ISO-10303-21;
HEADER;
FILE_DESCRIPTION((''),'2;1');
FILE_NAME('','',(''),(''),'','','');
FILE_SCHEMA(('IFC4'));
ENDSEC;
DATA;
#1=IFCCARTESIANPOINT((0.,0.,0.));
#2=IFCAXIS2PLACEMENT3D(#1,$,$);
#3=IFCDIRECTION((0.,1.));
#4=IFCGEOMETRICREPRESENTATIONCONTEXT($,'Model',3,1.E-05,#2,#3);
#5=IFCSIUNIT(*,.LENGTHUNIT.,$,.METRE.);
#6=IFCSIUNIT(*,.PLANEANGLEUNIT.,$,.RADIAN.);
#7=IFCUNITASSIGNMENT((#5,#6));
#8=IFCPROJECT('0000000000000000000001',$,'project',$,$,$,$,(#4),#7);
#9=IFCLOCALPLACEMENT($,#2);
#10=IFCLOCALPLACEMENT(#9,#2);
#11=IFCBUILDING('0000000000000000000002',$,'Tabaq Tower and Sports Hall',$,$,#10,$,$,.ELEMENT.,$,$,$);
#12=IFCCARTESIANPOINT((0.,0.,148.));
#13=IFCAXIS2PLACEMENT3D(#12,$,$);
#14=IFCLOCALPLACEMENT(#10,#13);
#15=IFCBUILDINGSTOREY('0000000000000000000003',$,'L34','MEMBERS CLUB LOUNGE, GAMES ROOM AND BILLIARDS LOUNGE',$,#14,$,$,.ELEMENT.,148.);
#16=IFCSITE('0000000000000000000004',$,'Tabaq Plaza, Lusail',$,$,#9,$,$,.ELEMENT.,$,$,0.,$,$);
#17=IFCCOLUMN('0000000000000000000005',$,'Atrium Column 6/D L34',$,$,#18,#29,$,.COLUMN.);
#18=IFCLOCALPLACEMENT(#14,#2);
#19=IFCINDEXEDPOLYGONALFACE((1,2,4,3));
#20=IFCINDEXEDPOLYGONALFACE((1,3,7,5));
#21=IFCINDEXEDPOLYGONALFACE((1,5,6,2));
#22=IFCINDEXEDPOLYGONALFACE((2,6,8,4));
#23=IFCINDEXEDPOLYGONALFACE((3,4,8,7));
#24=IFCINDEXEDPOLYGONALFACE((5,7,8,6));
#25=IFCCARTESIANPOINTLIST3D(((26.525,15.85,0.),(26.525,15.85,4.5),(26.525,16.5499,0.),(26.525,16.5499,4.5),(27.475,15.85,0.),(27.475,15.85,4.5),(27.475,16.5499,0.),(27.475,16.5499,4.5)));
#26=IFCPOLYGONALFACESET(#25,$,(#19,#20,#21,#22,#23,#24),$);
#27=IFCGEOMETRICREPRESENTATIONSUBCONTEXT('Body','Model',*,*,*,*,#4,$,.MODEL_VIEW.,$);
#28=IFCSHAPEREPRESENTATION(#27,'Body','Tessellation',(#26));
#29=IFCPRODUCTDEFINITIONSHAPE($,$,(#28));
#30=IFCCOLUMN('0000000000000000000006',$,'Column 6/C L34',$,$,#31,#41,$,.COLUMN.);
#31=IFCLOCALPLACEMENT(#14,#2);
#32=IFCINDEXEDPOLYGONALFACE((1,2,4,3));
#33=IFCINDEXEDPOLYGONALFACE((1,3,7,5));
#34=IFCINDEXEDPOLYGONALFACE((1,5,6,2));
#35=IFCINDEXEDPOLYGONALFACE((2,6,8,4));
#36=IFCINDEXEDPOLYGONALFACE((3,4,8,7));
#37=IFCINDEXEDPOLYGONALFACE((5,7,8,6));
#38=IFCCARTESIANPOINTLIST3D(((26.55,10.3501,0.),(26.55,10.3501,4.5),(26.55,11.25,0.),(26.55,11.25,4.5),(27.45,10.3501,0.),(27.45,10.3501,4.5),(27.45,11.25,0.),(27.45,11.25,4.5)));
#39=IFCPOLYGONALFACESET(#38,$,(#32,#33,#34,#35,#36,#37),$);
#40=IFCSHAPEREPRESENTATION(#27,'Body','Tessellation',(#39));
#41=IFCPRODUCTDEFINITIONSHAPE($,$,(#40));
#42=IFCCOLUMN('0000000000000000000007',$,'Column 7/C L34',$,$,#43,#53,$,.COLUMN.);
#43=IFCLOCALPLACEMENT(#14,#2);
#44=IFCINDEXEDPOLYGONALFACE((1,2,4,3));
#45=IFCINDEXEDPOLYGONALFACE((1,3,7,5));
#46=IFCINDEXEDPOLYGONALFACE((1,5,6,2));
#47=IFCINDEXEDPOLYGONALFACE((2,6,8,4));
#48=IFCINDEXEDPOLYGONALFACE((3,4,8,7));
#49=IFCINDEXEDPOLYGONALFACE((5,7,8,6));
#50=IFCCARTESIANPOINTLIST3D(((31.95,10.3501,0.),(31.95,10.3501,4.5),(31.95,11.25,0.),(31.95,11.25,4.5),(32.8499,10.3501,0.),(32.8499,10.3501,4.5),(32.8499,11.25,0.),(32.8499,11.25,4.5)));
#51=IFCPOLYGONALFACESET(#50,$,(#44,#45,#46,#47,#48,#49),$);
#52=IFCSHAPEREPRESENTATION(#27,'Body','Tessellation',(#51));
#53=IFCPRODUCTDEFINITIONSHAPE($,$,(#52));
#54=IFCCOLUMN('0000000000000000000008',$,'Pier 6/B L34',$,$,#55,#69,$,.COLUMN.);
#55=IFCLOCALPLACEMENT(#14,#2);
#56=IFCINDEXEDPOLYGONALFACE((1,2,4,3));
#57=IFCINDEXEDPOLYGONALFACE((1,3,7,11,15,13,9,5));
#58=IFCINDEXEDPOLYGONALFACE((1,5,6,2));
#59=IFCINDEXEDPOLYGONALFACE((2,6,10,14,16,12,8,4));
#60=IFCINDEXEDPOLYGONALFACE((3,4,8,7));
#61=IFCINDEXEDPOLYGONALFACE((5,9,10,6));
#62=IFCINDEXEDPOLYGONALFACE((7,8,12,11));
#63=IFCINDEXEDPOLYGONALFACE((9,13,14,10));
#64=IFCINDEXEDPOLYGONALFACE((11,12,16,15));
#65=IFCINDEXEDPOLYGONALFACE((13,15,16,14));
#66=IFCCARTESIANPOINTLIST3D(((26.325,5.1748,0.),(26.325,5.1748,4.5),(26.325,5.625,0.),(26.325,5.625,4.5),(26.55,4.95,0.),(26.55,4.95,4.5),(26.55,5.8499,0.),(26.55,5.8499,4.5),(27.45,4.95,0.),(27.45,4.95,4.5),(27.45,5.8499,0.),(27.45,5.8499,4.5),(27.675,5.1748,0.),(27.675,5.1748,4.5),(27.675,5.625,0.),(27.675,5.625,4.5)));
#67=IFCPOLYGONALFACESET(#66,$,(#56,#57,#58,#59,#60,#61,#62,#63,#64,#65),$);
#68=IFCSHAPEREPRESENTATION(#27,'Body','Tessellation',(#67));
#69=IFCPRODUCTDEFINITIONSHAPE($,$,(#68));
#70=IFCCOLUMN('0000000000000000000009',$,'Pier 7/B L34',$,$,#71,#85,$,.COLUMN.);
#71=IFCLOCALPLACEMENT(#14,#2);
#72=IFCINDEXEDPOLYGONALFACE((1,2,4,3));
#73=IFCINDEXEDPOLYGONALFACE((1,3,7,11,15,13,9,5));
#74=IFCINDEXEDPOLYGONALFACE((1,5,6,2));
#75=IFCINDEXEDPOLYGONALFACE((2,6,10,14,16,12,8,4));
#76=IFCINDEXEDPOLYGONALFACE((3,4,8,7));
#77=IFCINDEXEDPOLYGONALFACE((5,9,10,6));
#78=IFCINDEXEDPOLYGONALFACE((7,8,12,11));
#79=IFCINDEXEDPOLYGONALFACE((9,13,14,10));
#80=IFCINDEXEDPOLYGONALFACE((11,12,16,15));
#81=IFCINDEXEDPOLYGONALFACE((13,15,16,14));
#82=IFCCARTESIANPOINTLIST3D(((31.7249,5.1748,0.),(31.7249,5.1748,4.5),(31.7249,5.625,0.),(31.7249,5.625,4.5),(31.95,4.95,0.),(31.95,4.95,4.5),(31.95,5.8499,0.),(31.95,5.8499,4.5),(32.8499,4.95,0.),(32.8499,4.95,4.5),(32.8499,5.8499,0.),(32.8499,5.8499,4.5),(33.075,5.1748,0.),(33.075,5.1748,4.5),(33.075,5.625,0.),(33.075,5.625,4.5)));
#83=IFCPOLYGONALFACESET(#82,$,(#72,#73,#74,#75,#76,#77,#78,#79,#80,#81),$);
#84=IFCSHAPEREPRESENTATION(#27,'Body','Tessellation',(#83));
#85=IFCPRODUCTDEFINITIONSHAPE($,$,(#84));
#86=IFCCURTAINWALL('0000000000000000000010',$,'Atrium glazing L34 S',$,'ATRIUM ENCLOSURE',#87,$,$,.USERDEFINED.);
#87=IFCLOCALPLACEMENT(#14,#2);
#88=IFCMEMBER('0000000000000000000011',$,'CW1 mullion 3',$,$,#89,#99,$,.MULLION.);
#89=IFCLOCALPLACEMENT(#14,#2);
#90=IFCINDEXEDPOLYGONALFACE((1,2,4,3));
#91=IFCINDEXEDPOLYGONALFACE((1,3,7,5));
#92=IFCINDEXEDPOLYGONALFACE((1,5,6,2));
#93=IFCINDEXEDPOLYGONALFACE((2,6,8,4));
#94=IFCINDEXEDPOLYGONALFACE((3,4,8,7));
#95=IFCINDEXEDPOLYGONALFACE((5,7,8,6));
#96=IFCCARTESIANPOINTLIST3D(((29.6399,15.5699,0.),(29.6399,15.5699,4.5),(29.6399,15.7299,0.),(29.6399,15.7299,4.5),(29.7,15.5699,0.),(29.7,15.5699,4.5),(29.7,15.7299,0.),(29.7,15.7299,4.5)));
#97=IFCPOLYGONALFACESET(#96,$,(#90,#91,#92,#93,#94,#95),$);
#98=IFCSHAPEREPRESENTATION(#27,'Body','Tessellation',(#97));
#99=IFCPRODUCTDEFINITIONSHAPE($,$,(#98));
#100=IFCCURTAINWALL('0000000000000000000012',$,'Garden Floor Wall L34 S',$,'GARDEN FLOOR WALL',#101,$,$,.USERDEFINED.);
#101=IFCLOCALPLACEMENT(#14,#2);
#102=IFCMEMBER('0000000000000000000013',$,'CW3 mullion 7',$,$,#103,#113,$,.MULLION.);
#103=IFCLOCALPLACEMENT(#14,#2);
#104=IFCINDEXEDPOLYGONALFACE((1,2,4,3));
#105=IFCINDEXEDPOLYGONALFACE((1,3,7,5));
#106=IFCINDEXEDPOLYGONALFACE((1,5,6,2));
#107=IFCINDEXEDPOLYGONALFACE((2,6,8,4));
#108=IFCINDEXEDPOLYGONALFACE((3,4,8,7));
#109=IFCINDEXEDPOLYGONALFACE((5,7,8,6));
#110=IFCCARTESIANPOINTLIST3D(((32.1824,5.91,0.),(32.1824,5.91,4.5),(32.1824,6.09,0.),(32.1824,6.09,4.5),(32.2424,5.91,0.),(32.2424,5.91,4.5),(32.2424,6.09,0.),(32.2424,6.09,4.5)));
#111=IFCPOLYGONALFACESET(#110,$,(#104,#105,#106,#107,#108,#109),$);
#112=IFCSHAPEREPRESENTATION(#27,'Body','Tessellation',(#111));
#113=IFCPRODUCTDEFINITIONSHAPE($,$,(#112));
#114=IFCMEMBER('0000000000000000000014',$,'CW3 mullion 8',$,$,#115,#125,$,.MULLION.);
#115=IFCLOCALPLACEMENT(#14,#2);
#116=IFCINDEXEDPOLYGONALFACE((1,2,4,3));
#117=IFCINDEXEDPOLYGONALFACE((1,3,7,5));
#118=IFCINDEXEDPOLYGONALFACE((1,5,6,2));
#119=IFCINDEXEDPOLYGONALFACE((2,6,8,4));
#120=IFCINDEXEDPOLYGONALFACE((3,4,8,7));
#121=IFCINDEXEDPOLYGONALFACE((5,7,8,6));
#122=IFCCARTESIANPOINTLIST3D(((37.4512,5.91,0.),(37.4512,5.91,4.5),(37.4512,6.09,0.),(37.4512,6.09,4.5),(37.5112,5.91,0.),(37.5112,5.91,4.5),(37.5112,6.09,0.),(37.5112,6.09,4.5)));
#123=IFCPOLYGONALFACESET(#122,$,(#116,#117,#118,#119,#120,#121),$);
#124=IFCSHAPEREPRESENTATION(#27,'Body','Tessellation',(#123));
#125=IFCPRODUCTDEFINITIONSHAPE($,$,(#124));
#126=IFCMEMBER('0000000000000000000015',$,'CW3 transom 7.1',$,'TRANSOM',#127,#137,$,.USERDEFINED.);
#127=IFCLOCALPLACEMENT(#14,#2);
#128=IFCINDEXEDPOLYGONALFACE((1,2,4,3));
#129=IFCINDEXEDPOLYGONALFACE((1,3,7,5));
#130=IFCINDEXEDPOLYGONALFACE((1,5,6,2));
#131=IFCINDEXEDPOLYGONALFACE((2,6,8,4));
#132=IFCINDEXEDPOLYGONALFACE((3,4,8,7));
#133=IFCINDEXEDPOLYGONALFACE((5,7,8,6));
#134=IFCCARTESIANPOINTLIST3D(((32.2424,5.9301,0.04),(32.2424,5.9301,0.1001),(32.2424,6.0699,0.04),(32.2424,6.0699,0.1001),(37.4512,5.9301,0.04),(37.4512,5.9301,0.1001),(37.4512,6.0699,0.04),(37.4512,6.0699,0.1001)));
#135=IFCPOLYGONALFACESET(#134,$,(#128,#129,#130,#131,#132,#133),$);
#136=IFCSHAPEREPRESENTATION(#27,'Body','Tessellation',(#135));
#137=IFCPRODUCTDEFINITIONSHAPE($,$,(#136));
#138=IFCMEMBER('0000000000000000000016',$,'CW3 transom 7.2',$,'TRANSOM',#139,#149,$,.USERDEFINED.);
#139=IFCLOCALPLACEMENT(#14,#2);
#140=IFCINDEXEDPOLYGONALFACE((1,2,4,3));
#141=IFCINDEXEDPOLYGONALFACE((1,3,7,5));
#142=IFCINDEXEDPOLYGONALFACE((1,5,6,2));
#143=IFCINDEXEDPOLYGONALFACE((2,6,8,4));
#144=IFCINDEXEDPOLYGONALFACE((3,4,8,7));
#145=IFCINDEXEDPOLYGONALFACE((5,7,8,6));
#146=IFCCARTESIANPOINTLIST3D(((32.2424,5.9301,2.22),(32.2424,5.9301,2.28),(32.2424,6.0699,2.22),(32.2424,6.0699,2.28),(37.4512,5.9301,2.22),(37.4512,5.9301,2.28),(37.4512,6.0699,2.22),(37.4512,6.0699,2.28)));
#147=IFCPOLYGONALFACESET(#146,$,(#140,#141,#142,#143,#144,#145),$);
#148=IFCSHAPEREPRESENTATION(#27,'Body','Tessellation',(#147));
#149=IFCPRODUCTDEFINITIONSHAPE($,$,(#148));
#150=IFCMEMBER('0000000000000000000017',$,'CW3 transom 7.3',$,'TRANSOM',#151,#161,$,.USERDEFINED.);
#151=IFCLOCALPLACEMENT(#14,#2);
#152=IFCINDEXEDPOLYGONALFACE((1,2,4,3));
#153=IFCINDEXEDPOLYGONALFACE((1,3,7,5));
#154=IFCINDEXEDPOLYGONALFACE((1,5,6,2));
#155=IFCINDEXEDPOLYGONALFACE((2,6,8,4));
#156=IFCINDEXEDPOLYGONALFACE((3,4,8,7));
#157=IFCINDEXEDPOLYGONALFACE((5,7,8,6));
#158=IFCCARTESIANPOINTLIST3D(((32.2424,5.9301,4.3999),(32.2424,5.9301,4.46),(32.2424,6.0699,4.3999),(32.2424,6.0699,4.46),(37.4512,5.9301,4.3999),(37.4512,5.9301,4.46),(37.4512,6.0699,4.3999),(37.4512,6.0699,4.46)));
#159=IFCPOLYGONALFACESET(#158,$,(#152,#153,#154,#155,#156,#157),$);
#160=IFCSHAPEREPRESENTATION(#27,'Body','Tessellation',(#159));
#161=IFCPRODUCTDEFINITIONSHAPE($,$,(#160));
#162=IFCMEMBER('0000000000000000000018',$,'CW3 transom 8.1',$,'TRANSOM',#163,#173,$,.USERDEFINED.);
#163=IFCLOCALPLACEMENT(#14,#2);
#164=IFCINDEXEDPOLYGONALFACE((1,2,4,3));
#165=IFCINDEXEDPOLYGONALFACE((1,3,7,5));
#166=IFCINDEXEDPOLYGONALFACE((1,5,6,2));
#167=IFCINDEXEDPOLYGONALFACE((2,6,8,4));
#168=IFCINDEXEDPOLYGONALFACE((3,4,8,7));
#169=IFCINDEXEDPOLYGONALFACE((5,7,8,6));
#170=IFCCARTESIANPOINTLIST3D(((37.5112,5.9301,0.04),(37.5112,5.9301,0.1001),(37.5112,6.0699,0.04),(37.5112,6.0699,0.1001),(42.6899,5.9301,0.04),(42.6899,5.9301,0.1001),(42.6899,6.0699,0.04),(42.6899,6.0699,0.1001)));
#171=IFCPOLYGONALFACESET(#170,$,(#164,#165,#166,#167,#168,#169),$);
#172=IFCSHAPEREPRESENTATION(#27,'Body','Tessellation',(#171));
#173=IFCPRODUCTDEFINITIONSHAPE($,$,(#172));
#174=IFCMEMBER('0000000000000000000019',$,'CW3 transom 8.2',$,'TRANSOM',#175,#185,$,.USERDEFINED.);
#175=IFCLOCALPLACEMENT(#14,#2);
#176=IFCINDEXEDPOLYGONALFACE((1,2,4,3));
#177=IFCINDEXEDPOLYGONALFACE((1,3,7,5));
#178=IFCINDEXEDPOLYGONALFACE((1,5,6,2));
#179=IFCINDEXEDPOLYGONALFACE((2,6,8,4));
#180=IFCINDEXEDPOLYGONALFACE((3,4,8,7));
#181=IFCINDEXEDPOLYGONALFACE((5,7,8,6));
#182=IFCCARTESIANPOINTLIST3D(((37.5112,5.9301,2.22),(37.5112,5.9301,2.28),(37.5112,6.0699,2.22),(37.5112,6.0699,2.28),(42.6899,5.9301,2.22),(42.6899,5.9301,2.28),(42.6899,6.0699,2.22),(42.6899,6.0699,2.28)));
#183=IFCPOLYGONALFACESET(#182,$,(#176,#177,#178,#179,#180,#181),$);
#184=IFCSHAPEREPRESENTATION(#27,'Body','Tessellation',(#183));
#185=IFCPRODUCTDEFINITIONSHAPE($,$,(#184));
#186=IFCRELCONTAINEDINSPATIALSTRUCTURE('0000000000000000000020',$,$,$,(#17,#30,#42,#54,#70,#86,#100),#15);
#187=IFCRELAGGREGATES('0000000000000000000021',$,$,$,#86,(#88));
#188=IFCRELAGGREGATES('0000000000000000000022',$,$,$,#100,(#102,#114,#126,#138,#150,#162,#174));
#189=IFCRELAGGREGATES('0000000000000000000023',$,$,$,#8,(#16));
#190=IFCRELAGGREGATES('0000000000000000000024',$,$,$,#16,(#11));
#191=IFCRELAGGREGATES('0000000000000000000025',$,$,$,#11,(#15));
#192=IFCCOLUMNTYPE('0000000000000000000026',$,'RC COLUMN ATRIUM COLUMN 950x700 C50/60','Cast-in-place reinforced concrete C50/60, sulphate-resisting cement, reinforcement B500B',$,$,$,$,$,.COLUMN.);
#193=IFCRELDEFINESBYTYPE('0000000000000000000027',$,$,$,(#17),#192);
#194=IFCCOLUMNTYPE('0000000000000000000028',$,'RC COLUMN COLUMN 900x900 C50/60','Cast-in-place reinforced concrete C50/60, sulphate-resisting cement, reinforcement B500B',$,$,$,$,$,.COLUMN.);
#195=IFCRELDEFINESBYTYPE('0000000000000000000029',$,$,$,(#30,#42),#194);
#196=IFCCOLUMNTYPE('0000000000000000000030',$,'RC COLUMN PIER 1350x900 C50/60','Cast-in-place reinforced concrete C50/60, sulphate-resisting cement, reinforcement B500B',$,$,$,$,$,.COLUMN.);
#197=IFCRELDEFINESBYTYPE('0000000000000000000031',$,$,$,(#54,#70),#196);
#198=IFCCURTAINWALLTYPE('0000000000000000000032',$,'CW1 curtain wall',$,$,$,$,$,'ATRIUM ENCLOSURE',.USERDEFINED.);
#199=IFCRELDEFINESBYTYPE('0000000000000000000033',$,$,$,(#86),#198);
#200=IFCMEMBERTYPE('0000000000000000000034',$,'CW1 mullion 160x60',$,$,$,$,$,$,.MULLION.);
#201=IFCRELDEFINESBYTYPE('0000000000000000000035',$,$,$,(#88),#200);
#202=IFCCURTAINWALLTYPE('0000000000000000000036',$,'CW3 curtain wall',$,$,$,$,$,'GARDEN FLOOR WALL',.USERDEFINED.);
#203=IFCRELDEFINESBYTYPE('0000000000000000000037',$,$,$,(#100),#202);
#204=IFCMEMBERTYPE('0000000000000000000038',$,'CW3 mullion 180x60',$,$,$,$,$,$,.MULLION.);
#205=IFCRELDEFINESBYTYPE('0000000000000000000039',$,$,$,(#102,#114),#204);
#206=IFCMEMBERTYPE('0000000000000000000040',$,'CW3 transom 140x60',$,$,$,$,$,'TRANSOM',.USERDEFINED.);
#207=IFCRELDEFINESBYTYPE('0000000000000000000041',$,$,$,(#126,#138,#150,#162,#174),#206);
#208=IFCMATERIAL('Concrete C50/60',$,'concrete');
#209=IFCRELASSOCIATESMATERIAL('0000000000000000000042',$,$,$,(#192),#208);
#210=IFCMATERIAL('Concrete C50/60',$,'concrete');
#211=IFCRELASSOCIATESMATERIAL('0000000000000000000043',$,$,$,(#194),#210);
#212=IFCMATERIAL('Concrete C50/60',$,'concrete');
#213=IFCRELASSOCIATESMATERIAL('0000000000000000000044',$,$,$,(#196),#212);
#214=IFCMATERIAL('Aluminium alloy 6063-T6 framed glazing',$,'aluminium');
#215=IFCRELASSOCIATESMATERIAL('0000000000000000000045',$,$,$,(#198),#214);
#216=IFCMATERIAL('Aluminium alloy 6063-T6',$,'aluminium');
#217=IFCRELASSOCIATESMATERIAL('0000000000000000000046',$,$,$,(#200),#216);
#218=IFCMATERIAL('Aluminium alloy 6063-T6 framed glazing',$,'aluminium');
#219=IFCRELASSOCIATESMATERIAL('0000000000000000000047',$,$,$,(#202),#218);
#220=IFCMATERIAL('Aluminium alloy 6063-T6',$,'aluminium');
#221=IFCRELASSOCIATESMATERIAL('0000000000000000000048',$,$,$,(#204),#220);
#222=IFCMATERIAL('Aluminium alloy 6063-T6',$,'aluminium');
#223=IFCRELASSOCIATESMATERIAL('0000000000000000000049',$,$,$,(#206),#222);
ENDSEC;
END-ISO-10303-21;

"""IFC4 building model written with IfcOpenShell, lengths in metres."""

from ifc_helpers import new_model, si_unit, direction, frame, origin, origin_2d, place, context, subcontext, project, spatial, polyline, rectangle, outline, extrude, material, material_profile, profile_set, type_object, element, aggregate, save


model = new_model("IFC4")

# Units and contexts
model_context = context("Model", 3, precision=1e-05, world=origin(), true_north=direction((0.0, 1.0)))
body_context = subcontext(model_context, "Body", "Model", "MODEL_VIEW")
ifc_project = project(units=[si_unit("LENGTHUNIT", "METRE"), si_unit("PLANEANGLEUNIT", "RADIAN")], contexts=[model_context])

# Site, building, storey
site_placement = place(None, origin())
site = spatial("IfcSite", under=ifc_project, at=site_placement, Name="Tabaq Plaza, Lusail", CompositionType="ELEMENT", RefElevation=0.0)
building_placement = place(site_placement, origin())
building = spatial("IfcBuilding", under=site, at=building_placement, Name="Tabaq Tower and Sports Hall", CompositionType="ELEMENT")
storey_placement = place(building_placement, frame((0.0, 0.0, 148.0)))
storey = spatial("IfcBuildingStorey", under=building, at=storey_placement, Name="L34", Description="MEMBERS CLUB LOUNGE, GAMES ROOM AND BILLIARDS LOUNGE", CompositionType="ELEMENT", Elevation=148.0)

# Columns
ifc_material_1 = material(Name="Concrete C50/60", Category="concrete")
ifc_material_profile_1 = material_profile(ifc_material_1, rectangle(XDim=0.95, YDim=0.7, at=origin_2d()), Name="ATRIUM COLUMN 950x700")
ifc_profile_set_1 = profile_set([ifc_material_profile_1], Name="Concrete C50/60")
column_type_1 = type_object("IfcColumnType", Name="RC COLUMN ATRIUM COLUMN 950x700 C50/60", Description="Cast-in-place reinforced concrete C50/60, sulphate-resisting cement, reinforcement B500B", PredefinedType="COLUMN", material=ifc_profile_set_1)
column_placement = place(storey_placement, frame((27.0, 16.2, 0.0), z_axis=(0.0, 0.0, 1.0), x_axis=(1.0, 0.0, 0.0)))
element("IfcColumn", 1, at=column_placement, inside=storey, type_object=column_type_1, Name="Atrium Column 6/D L34", PredefinedType="COLUMN", context=body_context, shape_type="SweptSolid", body=[
    extrude(rectangle(XDim=0.95, YDim=0.7, at=origin_2d()), origin(), (0.0, 0.0, 1.0), 4.5),
])
ifc_material_2 = material(Name="Concrete C50/60", Category="concrete")
ifc_material_profile_2 = material_profile(ifc_material_2, rectangle(XDim=0.8999, YDim=0.8999, at=origin_2d()), Name="COLUMN 900x900")
ifc_profile_set_2 = profile_set([ifc_material_profile_2], Name="Concrete C50/60")
column_type_2 = type_object("IfcColumnType", Name="RC COLUMN COLUMN 900x900 C50/60", Description="Cast-in-place reinforced concrete C50/60, sulphate-resisting cement, reinforcement B500B", PredefinedType="COLUMN", material=ifc_profile_set_2)
for number, where, z_axis, x_axis, name in (
    (2, (27.0, 10.8, 0.0), (0.0, 0.0, 1.0), (1.0, 0.0, 0.0), "Column 6/C L34"),
    (3, (32.3999, 10.8, 0.0), (0.0, 0.0, 1.0), (1.0, 0.0, 0.0), "Column 7/C L34"),
):
    element("IfcColumn", number, at=place(storey_placement, frame(where, z_axis=z_axis, x_axis=x_axis)), inside=storey, type_object=column_type_2, Name=name, PredefinedType="COLUMN", context=body_context, shape_type="SweptSolid", body=[
        extrude(rectangle(XDim=0.8999, YDim=0.8999, at=origin_2d()), origin(), (0.0, 0.0, 1.0), 4.5),
    ])
ifc_material_3 = material(Name="Concrete C50/60", Category="concrete")
ifc_material_profile_3 = material_profile(ifc_material_3, outline(polyline([(-0.45, -0.45), (0.45, -0.45), (0.675, -0.2251), (0.675, 0.2251), (0.45, 0.45), (-0.45, 0.45), (-0.675, 0.2251), (-0.675, -0.2251), (-0.45, -0.45)])), Name="PIER 1350x900")
ifc_profile_set_3 = profile_set([ifc_material_profile_3], Name="Concrete C50/60")
column_type_3 = type_object("IfcColumnType", Name="RC COLUMN PIER 1350x900 C50/60", Description="Cast-in-place reinforced concrete C50/60, sulphate-resisting cement, reinforcement B500B", PredefinedType="COLUMN", material=ifc_profile_set_3)
for number, where, z_axis, x_axis, name in (
    (4, (27.0, 5.3999, 0.0), (0.0, 0.0, 1.0), (1.0, 0.0, 0.0), "Pier 6/B L34"),
    (5, (32.3999, 5.3999, 0.0), (0.0, 0.0, 1.0), (1.0, 0.0, 0.0), "Pier 7/B L34"),
):
    element("IfcColumn", number, at=place(storey_placement, frame(where, z_axis=z_axis, x_axis=x_axis)), inside=storey, type_object=column_type_3, Name=name, PredefinedType="COLUMN", context=body_context, shape_type="SweptSolid", body=[
        extrude(outline(polyline([(-0.45, -0.45), (0.45, -0.45), (0.675, -0.2251), (0.675, 0.2251), (0.45, 0.45), (-0.45, 0.45), (-0.675, 0.2251), (-0.675, -0.2251), (-0.45, -0.45)])), origin(), (0.0, 0.0, 1.0), 4.5),
    ])

# Curtain wall, member
ifc_material_4 = material(Name="Aluminium alloy 6063-T6 framed glazing", Category="aluminium")
curtain_wall_type_1 = type_object("IfcCurtainWallType", Name="CW1 curtain wall", ElementType="ATRIUM ENCLOSURE", PredefinedType="USERDEFINED", material=ifc_material_4)
curtain_wall_1_placement = place(storey_placement, origin())
curtain_wall_1 = element("IfcCurtainWall", 6, at=curtain_wall_1_placement, inside=storey, type_object=curtain_wall_type_1, Name="Atrium glazing L34 S", ObjectType="ATRIUM ENCLOSURE", PredefinedType="USERDEFINED")
ifc_material_5 = material(Name="Aluminium alloy 6063-T6", Category="aluminium")
ifc_material_profile_4 = material_profile(ifc_material_5, rectangle(XDim=0.1599, YDim=0.0601, at=origin_2d()), Name="MULLION 160x60")
ifc_profile_set_4 = profile_set([ifc_material_profile_4], Name="Aluminium alloy 6063-T6")
member_type_1 = type_object("IfcMemberType", Name="CW1 mullion 160x60", PredefinedType="MULLION", material=ifc_profile_set_4)
member_1_placement = place(storey_placement, frame((29.6699, 15.6499, 0.0), z_axis=(0.0, 0.0, 1.0), x_axis=(0.0, 1.0, 0.0)))
member_1 = element("IfcMember", 7, at=member_1_placement, type_object=member_type_1, Name="CW1 mullion 3", PredefinedType="MULLION", context=body_context, shape_type="SweptSolid", body=[
    extrude(rectangle(XDim=0.1599, YDim=0.0601, at=origin_2d()), origin(), (0.0, 0.0, 1.0), 4.5),
])
aggregate(curtain_wall_1, [member_1])

# Curtain wall, members
ifc_material_6 = material(Name="Aluminium alloy 6063-T6 framed glazing", Category="aluminium")
curtain_wall_type_2 = type_object("IfcCurtainWallType", Name="CW3 curtain wall", ElementType="GARDEN FLOOR WALL", PredefinedType="USERDEFINED", material=ifc_material_6)
curtain_wall_2_placement = place(storey_placement, origin())
curtain_wall_2 = element("IfcCurtainWall", 8, at=curtain_wall_2_placement, inside=storey, type_object=curtain_wall_type_2, Name="Garden Floor Wall L34 S", ObjectType="GARDEN FLOOR WALL", PredefinedType="USERDEFINED")
ifc_material_7 = material(Name="Aluminium alloy 6063-T6", Category="aluminium")
ifc_material_profile_5 = material_profile(ifc_material_7, rectangle(XDim=0.1799, YDim=0.0601, at=origin_2d()), Name="MULLION 180x60")
ifc_profile_set_5 = profile_set([ifc_material_profile_5], Name="Aluminium alloy 6063-T6")
member_type_2 = type_object("IfcMemberType", Name="CW3 mullion 180x60", PredefinedType="MULLION", material=ifc_profile_set_5)
member_2_placement = place(storey_placement, frame((32.2124, 6.0, 0.0), z_axis=(0.0, 0.0, 1.0), x_axis=(0.0, 1.0, 0.0)))
member_2 = element("IfcMember", 9, at=member_2_placement, type_object=member_type_2, Name="CW3 mullion 7", PredefinedType="MULLION", context=body_context, shape_type="SweptSolid", body=[
    extrude(rectangle(XDim=0.1799, YDim=0.0601, at=origin_2d()), origin(), (0.0, 0.0, 1.0), 4.5),
])
member_3_placement = place(storey_placement, frame((37.4812, 6.0, 0.0), z_axis=(0.0, 0.0, 1.0), x_axis=(0.0, 1.0, 0.0)))
member_3 = element("IfcMember", 10, at=member_3_placement, type_object=member_type_2, Name="CW3 mullion 8", PredefinedType="MULLION", context=body_context, shape_type="SweptSolid", body=[
    extrude(rectangle(XDim=0.1799, YDim=0.0601, at=origin_2d()), origin(), (0.0, 0.0, 1.0), 4.5),
])
ifc_material_8 = material(Name="Aluminium alloy 6063-T6", Category="aluminium")
ifc_material_profile_6 = material_profile(ifc_material_8, rectangle(XDim=0.1399, YDim=0.0601, at=origin_2d()), Name="TRANSOM 140x60")
ifc_profile_set_6 = profile_set([ifc_material_profile_6], Name="Aluminium alloy 6063-T6")
member_type_3 = type_object("IfcMemberType", Name="CW3 transom 140x60", ElementType="TRANSOM", PredefinedType="USERDEFINED", material=ifc_profile_set_6)
member_4_placement = place(storey_placement, frame((32.2424, 6.0, 0.0701), z_axis=(1.0, 0.0, 0.0), x_axis=(0.0, 1.0, 0.0)))
member_4 = element("IfcMember", 11, at=member_4_placement, type_object=member_type_3, Name="CW3 transom 7.1", ObjectType="TRANSOM", PredefinedType="USERDEFINED", context=body_context, shape_type="SweptSolid", body=[
    extrude(rectangle(XDim=0.1399, YDim=0.0601, at=origin_2d()), origin(), (0.0, 0.0, 1.0), 5.2087),
])
member_5_placement = place(storey_placement, frame((32.2424, 6.0, 2.25), z_axis=(1.0, 0.0, 0.0), x_axis=(0.0, 1.0, 0.0)))
member_5 = element("IfcMember", 12, at=member_5_placement, type_object=member_type_3, Name="CW3 transom 7.2", ObjectType="TRANSOM", PredefinedType="USERDEFINED", context=body_context, shape_type="SweptSolid", body=[
    extrude(rectangle(XDim=0.1399, YDim=0.0601, at=origin_2d()), origin(), (0.0, 0.0, 1.0), 5.2087),
])
member_6_placement = place(storey_placement, frame((32.2424, 6.0, 4.4299), z_axis=(1.0, 0.0, 0.0), x_axis=(0.0, 1.0, 0.0)))
member_6 = element("IfcMember", 13, at=member_6_placement, type_object=member_type_3, Name="CW3 transom 7.3", ObjectType="TRANSOM", PredefinedType="USERDEFINED", context=body_context, shape_type="SweptSolid", body=[
    extrude(rectangle(XDim=0.1399, YDim=0.0601, at=origin_2d()), origin(), (0.0, 0.0, 1.0), 5.2087),
])
member_7_placement = place(storey_placement, frame((37.5112, 6.0, 0.0701), z_axis=(1.0, 0.0, 0.0), x_axis=(0.0, 1.0, 0.0)))
member_7 = element("IfcMember", 14, at=member_7_placement, type_object=member_type_3, Name="CW3 transom 8.1", ObjectType="TRANSOM", PredefinedType="USERDEFINED", context=body_context, shape_type="SweptSolid", body=[
    extrude(rectangle(XDim=0.1399, YDim=0.0601, at=origin_2d()), origin(), (0.0, 0.0, 1.0), 5.1787),
])
member_8_placement = place(storey_placement, frame((37.5112, 6.0, 2.25), z_axis=(1.0, 0.0, 0.0), x_axis=(0.0, 1.0, 0.0)))
member_8 = element("IfcMember", 15, at=member_8_placement, type_object=member_type_3, Name="CW3 transom 8.2", ObjectType="TRANSOM", PredefinedType="USERDEFINED", context=body_context, shape_type="SweptSolid", body=[
    extrude(rectangle(XDim=0.1399, YDim=0.0601, at=origin_2d()), origin(), (0.0, 0.0, 1.0), 5.1787),
])
aggregate(curtain_wall_2, [member_2, member_3, member_4, member_5, member_6, member_7, member_8])

save(model, "model.ifc")
